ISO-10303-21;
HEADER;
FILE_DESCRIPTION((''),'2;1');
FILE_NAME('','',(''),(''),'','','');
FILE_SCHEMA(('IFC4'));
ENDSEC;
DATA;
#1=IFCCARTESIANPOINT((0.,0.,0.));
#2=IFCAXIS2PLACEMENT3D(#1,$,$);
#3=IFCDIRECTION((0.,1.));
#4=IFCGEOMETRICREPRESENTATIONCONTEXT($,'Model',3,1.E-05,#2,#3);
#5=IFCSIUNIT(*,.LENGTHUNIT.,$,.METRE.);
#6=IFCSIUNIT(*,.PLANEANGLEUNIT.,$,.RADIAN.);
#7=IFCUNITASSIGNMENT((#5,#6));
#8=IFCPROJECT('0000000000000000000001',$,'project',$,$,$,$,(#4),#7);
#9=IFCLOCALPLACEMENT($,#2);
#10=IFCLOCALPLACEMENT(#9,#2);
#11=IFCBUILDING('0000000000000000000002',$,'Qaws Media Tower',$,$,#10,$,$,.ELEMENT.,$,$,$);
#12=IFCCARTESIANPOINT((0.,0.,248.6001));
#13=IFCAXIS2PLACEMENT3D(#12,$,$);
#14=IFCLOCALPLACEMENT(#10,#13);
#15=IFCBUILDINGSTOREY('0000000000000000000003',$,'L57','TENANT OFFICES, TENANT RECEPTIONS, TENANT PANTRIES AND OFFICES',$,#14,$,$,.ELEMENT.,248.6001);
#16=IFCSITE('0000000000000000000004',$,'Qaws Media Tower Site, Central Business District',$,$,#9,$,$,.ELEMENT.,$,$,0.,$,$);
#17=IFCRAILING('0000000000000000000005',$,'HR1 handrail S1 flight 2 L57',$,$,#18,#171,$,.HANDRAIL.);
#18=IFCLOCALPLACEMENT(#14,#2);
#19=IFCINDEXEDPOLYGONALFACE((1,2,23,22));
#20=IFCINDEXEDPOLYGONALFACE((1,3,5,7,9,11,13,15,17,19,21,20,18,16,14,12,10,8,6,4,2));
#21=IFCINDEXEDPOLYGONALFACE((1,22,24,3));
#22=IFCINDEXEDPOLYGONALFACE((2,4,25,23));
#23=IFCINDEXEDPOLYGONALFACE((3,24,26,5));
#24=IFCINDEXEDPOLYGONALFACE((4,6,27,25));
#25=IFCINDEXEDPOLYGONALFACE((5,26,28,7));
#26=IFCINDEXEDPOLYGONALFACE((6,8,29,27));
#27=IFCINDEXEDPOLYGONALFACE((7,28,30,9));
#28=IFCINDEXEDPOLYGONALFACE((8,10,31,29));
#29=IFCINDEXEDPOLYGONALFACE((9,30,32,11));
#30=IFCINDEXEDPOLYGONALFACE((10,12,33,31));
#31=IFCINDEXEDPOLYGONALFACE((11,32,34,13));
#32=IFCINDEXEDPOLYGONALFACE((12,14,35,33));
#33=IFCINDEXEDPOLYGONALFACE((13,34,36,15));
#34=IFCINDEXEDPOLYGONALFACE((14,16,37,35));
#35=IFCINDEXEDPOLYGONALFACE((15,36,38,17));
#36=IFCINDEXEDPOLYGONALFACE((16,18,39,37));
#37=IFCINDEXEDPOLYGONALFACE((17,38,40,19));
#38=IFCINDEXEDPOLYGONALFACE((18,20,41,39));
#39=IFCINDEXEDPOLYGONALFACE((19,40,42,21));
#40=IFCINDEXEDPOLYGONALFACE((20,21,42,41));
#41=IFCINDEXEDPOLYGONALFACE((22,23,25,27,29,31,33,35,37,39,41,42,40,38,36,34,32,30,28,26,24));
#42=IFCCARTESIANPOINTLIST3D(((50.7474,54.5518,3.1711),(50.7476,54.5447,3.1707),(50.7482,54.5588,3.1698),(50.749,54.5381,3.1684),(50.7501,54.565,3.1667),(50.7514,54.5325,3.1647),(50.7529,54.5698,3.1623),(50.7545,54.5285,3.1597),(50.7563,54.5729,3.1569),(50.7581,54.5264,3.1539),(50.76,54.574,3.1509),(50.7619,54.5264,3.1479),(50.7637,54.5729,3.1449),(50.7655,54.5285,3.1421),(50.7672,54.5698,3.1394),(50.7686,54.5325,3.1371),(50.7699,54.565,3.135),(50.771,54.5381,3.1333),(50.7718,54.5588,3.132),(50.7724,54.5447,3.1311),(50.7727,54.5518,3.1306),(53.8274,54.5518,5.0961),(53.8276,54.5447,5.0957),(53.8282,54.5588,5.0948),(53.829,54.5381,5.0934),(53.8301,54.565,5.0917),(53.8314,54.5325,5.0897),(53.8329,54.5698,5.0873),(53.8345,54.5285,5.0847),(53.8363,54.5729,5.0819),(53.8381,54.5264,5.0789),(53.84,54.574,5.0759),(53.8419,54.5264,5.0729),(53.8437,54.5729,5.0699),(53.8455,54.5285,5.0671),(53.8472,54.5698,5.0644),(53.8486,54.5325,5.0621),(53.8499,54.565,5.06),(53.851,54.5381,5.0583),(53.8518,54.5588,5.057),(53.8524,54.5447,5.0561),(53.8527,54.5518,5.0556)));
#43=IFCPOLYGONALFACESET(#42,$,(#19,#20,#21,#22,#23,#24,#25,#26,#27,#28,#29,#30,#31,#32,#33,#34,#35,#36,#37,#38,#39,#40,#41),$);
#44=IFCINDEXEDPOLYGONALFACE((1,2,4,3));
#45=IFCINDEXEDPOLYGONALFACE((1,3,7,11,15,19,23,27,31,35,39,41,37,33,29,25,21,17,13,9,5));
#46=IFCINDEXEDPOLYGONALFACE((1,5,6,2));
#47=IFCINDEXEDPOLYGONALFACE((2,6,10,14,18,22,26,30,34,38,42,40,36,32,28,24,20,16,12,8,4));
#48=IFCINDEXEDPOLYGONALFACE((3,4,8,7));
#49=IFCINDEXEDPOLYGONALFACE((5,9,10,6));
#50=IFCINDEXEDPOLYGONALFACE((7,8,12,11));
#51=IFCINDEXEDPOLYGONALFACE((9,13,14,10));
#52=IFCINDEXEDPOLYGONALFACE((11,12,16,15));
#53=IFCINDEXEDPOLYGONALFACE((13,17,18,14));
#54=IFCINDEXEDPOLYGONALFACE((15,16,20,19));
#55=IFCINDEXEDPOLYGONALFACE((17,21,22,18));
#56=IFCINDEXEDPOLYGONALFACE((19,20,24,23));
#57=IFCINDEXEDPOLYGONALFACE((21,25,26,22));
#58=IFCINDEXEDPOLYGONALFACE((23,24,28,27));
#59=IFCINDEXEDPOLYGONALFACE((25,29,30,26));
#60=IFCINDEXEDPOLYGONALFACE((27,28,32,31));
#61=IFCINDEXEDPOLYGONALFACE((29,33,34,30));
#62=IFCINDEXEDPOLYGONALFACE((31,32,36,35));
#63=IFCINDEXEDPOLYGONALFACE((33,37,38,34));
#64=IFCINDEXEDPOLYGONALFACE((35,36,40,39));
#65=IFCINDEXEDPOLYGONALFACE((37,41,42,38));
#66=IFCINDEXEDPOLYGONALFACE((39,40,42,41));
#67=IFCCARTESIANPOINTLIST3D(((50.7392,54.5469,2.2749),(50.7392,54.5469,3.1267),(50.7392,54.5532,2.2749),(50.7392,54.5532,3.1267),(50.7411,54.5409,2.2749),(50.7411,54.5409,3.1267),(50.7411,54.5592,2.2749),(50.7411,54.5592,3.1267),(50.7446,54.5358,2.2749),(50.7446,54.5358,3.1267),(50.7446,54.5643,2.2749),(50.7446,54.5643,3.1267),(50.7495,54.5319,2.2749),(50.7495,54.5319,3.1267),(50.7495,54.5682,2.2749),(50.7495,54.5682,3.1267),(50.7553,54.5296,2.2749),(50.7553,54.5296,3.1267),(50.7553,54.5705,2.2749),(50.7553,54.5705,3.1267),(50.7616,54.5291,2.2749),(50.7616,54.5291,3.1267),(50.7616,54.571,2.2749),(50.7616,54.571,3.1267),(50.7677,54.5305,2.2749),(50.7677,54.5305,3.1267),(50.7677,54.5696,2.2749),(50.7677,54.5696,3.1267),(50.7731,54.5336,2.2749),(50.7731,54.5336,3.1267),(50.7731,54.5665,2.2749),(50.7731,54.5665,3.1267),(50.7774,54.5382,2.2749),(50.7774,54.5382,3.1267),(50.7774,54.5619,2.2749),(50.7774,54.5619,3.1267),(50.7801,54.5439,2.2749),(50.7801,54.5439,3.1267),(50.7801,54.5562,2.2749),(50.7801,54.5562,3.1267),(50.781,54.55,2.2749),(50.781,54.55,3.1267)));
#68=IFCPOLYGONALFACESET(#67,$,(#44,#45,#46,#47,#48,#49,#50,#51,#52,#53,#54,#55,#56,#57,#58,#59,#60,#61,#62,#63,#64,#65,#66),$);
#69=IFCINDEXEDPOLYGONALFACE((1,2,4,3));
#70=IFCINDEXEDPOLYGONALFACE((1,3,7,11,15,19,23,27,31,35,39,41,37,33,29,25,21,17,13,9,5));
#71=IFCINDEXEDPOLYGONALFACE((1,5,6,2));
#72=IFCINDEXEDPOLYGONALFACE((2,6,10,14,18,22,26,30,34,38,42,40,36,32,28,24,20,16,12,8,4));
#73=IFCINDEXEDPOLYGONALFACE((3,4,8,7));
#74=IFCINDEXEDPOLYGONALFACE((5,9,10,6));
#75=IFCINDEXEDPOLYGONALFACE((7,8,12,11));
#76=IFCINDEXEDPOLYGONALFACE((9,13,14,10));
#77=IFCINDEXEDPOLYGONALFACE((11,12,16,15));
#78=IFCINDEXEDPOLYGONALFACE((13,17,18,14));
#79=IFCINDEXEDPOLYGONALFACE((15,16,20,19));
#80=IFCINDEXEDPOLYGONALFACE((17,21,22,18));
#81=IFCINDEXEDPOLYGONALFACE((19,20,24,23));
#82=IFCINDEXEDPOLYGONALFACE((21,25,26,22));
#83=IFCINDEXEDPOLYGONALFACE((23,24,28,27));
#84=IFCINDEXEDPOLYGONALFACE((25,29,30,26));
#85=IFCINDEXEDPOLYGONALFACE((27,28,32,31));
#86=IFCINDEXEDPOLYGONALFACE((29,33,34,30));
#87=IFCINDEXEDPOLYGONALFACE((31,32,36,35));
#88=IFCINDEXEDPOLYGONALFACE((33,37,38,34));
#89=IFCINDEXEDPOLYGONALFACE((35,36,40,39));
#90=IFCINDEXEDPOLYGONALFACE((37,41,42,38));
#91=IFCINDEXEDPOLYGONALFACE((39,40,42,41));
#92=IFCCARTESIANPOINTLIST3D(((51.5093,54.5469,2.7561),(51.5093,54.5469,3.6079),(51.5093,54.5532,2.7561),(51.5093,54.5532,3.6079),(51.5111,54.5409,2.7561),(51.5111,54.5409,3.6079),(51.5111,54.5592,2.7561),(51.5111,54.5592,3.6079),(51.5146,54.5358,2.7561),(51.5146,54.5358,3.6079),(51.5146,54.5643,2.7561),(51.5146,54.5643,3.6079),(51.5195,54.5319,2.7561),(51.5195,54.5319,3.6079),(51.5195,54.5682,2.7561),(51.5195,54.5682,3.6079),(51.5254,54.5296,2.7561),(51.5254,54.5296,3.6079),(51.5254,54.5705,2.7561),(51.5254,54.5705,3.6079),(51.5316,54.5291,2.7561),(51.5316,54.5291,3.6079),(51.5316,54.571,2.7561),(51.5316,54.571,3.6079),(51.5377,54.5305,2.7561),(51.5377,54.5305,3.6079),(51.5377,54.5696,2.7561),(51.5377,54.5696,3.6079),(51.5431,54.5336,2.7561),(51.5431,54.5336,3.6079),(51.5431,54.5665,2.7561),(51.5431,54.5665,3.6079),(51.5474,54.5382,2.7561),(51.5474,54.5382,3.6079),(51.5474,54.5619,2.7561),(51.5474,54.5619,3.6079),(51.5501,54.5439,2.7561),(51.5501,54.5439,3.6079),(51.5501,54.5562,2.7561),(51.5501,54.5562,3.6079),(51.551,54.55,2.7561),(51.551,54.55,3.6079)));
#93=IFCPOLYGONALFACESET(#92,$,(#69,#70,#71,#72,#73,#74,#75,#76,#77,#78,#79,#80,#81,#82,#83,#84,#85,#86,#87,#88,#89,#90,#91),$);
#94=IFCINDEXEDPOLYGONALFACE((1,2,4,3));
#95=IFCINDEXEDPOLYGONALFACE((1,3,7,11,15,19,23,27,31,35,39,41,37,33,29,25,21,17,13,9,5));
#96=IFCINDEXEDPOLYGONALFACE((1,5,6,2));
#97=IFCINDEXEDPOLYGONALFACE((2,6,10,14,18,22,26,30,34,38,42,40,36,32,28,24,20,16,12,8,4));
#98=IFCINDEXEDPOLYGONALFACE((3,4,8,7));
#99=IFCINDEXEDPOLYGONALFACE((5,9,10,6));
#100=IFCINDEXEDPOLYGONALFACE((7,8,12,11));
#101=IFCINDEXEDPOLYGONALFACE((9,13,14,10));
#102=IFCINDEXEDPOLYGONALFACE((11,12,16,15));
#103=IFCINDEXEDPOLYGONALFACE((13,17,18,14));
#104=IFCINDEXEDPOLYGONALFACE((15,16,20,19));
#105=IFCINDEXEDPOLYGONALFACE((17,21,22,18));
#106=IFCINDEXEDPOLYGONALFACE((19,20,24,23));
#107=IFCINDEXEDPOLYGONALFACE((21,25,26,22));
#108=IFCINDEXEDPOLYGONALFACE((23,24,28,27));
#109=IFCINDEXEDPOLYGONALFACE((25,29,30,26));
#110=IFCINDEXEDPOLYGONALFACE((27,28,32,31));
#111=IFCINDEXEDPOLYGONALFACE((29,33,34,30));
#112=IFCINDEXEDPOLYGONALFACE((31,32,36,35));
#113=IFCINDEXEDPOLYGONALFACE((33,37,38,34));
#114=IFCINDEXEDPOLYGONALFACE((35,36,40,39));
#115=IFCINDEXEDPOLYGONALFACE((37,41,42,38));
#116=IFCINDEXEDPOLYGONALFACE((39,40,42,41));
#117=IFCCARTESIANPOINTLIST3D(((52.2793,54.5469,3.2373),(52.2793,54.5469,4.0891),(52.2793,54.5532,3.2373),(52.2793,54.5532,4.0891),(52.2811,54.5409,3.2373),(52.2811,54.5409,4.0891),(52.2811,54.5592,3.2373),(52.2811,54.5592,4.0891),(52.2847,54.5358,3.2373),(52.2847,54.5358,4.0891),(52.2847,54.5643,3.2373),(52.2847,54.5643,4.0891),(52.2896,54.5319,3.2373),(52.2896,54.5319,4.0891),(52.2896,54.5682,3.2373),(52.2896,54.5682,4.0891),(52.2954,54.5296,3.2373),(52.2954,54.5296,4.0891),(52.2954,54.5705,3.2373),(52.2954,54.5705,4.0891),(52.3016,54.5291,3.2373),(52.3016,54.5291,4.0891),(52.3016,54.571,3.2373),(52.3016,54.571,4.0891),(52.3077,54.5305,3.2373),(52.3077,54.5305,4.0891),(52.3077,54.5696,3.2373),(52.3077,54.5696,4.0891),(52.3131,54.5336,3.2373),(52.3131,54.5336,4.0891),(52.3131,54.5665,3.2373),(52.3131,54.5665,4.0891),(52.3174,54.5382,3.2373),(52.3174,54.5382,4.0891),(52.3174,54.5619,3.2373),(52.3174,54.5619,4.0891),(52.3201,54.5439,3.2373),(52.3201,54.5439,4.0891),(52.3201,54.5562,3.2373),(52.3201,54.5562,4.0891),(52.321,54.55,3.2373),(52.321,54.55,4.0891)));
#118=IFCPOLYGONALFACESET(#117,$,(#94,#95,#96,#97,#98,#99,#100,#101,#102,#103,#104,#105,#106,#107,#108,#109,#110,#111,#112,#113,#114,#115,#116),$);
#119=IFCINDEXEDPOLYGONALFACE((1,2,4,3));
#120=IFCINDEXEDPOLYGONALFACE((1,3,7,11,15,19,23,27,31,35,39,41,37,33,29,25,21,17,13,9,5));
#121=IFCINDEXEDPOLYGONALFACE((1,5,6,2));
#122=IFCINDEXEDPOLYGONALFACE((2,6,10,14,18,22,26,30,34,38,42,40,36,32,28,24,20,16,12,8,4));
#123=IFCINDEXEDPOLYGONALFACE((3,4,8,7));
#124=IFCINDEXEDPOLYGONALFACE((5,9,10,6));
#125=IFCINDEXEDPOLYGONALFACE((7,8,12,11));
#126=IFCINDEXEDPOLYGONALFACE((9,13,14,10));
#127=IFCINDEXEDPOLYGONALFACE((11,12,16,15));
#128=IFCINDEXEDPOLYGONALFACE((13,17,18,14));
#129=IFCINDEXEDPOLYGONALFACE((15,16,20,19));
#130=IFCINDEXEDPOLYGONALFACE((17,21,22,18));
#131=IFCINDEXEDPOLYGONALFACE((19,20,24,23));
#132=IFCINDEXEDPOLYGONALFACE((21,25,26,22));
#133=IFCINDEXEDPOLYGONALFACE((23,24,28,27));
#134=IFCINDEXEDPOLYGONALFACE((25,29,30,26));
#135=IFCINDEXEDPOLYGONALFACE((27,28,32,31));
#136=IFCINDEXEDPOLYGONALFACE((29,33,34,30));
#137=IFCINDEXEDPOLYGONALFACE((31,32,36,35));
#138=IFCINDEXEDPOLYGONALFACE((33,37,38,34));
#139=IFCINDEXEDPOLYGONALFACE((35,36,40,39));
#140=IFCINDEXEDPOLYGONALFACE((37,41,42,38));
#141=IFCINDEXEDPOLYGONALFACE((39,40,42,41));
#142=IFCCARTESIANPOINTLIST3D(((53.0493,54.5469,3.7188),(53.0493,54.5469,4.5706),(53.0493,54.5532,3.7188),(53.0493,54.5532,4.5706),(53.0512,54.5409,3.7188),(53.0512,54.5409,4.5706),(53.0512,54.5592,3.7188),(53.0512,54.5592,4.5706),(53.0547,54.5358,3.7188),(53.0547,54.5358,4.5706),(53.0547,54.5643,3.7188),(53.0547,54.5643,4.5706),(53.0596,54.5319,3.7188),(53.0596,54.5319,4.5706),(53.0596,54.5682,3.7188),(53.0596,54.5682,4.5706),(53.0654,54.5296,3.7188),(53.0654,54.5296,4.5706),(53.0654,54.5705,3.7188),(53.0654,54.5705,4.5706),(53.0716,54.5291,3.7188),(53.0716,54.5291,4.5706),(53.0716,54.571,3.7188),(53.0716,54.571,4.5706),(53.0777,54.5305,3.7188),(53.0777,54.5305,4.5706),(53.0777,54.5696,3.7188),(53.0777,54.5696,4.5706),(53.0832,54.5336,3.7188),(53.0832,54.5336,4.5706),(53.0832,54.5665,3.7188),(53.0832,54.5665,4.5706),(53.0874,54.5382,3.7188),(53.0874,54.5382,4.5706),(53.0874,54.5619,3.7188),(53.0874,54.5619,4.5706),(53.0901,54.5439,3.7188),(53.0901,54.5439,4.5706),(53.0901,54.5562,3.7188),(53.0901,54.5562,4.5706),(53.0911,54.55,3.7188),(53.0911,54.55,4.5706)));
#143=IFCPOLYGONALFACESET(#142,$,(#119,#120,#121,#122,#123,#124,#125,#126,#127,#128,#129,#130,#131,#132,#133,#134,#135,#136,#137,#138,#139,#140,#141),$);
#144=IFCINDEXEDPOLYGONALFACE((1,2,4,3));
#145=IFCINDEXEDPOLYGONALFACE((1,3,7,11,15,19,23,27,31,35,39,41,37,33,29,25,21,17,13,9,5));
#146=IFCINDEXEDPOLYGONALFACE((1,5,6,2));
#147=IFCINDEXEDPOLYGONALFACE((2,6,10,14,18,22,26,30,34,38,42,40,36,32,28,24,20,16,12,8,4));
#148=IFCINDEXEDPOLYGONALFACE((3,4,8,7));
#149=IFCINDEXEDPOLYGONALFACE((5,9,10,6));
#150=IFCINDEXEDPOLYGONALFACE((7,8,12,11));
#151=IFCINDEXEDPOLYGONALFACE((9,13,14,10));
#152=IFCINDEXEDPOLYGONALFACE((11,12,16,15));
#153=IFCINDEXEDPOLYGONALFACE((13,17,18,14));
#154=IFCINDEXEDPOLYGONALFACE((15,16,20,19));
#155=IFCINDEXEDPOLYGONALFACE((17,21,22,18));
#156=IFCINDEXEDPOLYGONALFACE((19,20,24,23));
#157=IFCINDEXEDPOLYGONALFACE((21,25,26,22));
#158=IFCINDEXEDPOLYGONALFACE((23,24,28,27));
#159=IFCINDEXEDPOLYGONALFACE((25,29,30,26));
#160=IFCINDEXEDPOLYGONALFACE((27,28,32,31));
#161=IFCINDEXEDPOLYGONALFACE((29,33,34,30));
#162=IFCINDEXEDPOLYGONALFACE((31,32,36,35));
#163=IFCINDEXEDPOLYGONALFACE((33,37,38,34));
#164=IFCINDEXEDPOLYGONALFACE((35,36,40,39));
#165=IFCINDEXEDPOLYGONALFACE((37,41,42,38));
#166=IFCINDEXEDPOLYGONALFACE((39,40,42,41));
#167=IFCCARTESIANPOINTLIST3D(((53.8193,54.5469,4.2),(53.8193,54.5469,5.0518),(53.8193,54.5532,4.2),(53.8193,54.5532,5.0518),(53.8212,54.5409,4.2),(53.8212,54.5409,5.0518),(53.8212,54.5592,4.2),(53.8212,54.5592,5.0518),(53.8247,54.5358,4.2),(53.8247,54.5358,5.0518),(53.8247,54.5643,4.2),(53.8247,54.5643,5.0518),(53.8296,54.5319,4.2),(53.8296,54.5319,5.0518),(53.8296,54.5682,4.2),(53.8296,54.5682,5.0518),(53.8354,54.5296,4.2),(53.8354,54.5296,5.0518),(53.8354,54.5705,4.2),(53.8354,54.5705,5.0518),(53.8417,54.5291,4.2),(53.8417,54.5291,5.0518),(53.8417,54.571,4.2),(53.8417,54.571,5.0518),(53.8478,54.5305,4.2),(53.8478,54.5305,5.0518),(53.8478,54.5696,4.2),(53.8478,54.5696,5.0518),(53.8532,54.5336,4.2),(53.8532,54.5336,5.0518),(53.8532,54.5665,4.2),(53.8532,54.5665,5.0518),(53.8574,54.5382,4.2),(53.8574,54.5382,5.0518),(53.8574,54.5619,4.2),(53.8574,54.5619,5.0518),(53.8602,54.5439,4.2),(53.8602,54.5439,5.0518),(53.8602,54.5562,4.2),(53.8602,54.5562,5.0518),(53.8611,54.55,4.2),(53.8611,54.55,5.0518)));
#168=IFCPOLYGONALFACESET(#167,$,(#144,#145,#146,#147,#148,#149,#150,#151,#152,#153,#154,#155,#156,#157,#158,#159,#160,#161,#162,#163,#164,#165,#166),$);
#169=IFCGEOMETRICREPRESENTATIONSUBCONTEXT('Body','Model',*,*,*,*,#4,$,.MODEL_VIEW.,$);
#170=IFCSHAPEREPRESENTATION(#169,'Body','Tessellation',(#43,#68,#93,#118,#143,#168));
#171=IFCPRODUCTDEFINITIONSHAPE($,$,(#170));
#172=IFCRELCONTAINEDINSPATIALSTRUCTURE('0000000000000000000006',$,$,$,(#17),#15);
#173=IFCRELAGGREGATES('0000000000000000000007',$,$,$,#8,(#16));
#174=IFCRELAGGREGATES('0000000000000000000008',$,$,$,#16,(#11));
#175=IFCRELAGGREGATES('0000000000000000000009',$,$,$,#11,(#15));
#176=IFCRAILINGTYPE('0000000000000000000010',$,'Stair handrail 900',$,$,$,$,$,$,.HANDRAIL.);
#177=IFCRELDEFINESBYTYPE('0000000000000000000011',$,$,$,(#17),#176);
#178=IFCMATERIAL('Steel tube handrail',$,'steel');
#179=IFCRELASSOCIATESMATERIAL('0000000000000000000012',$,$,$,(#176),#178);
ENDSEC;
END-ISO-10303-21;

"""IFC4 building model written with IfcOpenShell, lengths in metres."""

from ifc_helpers import new_model, si_unit, direction, frame, origin, origin_2d, place, context, subcontext, project, spatial, circle, extrude, material, type_object, element, save


model = new_model("IFC4")

# Units and contexts
model_context = context("Model", 3, precision=1e-05, world=origin(), true_north=direction((0.0, 1.0)))
body_context = subcontext(model_context, "Body", "Model", "MODEL_VIEW")
ifc_project = project(units=[si_unit("LENGTHUNIT", "METRE"), si_unit("PLANEANGLEUNIT", "RADIAN")], contexts=[model_context])

# Site, building, storey
site_placement = place(None, origin())
site = spatial("IfcSite", under=ifc_project, at=site_placement, Name="Qaws Media Tower Site, Central Business District", CompositionType="ELEMENT", RefElevation=0.0)
building_placement = place(site_placement, origin())
building = spatial("IfcBuilding", under=site, at=building_placement, Name="Qaws Media Tower", CompositionType="ELEMENT")
storey_placement = place(building_placement, frame((0.0, 0.0, 248.6001)))
storey = spatial("IfcBuildingStorey", under=building, at=storey_placement, Name="L57", Description="TENANT OFFICES, TENANT RECEPTIONS, TENANT PANTRIES AND OFFICES", CompositionType="ELEMENT", Elevation=248.6001)

# Railing
ifc_material_1 = material(Name="Steel tube handrail", Category="steel")
railing_type = type_object("IfcRailingType", Name="Stair handrail 900", PredefinedType="HANDRAIL", material=ifc_material_1)
for number, where, name in (
    (1, (50.76, 54.55, 2.2749), "HR1 handrail S1 flight 2 L57"),
):
    element("IfcRailing", number, at=place(storey_placement, frame(where)), inside=storey, type_object=railing_type, Name=name, PredefinedType="HANDRAIL", context=body_context, shape_type="SweptSolid", body=[
        extrude(circle(Radius=0.0239, at=origin_2d()), frame((0.0, 0.0, 0.876), z_axis=(0.847998, 0.0, 0.529999), x_axis=(0.0, 1.0, 0.0)), (0.0, 0.0, 1.0), 3.6321),
        extrude(circle(Radius=0.021, at=origin_2d()), origin(), (0.0, 0.0, 1.0), 0.8518),
        extrude(circle(Radius=0.021, at=origin_2d()), frame((0.77, 0.0, 0.4812)), (0.0, 0.0, 1.0), 0.8518),
        extrude(circle(Radius=0.021, at=origin_2d()), frame((1.54, 0.0, 0.9624)), (0.0, 0.0, 1.0), 0.8518),
        extrude(circle(Radius=0.021, at=origin_2d()), frame((2.3101, 0.0, 1.4438)), (0.0, 0.0, 1.0), 0.8518),
        extrude(circle(Radius=0.021, at=origin_2d()), frame((3.0801, 0.0, 1.925)), (0.0, 0.0, 1.0), 0.8518),
    ])

save(model, "model.ifc")
